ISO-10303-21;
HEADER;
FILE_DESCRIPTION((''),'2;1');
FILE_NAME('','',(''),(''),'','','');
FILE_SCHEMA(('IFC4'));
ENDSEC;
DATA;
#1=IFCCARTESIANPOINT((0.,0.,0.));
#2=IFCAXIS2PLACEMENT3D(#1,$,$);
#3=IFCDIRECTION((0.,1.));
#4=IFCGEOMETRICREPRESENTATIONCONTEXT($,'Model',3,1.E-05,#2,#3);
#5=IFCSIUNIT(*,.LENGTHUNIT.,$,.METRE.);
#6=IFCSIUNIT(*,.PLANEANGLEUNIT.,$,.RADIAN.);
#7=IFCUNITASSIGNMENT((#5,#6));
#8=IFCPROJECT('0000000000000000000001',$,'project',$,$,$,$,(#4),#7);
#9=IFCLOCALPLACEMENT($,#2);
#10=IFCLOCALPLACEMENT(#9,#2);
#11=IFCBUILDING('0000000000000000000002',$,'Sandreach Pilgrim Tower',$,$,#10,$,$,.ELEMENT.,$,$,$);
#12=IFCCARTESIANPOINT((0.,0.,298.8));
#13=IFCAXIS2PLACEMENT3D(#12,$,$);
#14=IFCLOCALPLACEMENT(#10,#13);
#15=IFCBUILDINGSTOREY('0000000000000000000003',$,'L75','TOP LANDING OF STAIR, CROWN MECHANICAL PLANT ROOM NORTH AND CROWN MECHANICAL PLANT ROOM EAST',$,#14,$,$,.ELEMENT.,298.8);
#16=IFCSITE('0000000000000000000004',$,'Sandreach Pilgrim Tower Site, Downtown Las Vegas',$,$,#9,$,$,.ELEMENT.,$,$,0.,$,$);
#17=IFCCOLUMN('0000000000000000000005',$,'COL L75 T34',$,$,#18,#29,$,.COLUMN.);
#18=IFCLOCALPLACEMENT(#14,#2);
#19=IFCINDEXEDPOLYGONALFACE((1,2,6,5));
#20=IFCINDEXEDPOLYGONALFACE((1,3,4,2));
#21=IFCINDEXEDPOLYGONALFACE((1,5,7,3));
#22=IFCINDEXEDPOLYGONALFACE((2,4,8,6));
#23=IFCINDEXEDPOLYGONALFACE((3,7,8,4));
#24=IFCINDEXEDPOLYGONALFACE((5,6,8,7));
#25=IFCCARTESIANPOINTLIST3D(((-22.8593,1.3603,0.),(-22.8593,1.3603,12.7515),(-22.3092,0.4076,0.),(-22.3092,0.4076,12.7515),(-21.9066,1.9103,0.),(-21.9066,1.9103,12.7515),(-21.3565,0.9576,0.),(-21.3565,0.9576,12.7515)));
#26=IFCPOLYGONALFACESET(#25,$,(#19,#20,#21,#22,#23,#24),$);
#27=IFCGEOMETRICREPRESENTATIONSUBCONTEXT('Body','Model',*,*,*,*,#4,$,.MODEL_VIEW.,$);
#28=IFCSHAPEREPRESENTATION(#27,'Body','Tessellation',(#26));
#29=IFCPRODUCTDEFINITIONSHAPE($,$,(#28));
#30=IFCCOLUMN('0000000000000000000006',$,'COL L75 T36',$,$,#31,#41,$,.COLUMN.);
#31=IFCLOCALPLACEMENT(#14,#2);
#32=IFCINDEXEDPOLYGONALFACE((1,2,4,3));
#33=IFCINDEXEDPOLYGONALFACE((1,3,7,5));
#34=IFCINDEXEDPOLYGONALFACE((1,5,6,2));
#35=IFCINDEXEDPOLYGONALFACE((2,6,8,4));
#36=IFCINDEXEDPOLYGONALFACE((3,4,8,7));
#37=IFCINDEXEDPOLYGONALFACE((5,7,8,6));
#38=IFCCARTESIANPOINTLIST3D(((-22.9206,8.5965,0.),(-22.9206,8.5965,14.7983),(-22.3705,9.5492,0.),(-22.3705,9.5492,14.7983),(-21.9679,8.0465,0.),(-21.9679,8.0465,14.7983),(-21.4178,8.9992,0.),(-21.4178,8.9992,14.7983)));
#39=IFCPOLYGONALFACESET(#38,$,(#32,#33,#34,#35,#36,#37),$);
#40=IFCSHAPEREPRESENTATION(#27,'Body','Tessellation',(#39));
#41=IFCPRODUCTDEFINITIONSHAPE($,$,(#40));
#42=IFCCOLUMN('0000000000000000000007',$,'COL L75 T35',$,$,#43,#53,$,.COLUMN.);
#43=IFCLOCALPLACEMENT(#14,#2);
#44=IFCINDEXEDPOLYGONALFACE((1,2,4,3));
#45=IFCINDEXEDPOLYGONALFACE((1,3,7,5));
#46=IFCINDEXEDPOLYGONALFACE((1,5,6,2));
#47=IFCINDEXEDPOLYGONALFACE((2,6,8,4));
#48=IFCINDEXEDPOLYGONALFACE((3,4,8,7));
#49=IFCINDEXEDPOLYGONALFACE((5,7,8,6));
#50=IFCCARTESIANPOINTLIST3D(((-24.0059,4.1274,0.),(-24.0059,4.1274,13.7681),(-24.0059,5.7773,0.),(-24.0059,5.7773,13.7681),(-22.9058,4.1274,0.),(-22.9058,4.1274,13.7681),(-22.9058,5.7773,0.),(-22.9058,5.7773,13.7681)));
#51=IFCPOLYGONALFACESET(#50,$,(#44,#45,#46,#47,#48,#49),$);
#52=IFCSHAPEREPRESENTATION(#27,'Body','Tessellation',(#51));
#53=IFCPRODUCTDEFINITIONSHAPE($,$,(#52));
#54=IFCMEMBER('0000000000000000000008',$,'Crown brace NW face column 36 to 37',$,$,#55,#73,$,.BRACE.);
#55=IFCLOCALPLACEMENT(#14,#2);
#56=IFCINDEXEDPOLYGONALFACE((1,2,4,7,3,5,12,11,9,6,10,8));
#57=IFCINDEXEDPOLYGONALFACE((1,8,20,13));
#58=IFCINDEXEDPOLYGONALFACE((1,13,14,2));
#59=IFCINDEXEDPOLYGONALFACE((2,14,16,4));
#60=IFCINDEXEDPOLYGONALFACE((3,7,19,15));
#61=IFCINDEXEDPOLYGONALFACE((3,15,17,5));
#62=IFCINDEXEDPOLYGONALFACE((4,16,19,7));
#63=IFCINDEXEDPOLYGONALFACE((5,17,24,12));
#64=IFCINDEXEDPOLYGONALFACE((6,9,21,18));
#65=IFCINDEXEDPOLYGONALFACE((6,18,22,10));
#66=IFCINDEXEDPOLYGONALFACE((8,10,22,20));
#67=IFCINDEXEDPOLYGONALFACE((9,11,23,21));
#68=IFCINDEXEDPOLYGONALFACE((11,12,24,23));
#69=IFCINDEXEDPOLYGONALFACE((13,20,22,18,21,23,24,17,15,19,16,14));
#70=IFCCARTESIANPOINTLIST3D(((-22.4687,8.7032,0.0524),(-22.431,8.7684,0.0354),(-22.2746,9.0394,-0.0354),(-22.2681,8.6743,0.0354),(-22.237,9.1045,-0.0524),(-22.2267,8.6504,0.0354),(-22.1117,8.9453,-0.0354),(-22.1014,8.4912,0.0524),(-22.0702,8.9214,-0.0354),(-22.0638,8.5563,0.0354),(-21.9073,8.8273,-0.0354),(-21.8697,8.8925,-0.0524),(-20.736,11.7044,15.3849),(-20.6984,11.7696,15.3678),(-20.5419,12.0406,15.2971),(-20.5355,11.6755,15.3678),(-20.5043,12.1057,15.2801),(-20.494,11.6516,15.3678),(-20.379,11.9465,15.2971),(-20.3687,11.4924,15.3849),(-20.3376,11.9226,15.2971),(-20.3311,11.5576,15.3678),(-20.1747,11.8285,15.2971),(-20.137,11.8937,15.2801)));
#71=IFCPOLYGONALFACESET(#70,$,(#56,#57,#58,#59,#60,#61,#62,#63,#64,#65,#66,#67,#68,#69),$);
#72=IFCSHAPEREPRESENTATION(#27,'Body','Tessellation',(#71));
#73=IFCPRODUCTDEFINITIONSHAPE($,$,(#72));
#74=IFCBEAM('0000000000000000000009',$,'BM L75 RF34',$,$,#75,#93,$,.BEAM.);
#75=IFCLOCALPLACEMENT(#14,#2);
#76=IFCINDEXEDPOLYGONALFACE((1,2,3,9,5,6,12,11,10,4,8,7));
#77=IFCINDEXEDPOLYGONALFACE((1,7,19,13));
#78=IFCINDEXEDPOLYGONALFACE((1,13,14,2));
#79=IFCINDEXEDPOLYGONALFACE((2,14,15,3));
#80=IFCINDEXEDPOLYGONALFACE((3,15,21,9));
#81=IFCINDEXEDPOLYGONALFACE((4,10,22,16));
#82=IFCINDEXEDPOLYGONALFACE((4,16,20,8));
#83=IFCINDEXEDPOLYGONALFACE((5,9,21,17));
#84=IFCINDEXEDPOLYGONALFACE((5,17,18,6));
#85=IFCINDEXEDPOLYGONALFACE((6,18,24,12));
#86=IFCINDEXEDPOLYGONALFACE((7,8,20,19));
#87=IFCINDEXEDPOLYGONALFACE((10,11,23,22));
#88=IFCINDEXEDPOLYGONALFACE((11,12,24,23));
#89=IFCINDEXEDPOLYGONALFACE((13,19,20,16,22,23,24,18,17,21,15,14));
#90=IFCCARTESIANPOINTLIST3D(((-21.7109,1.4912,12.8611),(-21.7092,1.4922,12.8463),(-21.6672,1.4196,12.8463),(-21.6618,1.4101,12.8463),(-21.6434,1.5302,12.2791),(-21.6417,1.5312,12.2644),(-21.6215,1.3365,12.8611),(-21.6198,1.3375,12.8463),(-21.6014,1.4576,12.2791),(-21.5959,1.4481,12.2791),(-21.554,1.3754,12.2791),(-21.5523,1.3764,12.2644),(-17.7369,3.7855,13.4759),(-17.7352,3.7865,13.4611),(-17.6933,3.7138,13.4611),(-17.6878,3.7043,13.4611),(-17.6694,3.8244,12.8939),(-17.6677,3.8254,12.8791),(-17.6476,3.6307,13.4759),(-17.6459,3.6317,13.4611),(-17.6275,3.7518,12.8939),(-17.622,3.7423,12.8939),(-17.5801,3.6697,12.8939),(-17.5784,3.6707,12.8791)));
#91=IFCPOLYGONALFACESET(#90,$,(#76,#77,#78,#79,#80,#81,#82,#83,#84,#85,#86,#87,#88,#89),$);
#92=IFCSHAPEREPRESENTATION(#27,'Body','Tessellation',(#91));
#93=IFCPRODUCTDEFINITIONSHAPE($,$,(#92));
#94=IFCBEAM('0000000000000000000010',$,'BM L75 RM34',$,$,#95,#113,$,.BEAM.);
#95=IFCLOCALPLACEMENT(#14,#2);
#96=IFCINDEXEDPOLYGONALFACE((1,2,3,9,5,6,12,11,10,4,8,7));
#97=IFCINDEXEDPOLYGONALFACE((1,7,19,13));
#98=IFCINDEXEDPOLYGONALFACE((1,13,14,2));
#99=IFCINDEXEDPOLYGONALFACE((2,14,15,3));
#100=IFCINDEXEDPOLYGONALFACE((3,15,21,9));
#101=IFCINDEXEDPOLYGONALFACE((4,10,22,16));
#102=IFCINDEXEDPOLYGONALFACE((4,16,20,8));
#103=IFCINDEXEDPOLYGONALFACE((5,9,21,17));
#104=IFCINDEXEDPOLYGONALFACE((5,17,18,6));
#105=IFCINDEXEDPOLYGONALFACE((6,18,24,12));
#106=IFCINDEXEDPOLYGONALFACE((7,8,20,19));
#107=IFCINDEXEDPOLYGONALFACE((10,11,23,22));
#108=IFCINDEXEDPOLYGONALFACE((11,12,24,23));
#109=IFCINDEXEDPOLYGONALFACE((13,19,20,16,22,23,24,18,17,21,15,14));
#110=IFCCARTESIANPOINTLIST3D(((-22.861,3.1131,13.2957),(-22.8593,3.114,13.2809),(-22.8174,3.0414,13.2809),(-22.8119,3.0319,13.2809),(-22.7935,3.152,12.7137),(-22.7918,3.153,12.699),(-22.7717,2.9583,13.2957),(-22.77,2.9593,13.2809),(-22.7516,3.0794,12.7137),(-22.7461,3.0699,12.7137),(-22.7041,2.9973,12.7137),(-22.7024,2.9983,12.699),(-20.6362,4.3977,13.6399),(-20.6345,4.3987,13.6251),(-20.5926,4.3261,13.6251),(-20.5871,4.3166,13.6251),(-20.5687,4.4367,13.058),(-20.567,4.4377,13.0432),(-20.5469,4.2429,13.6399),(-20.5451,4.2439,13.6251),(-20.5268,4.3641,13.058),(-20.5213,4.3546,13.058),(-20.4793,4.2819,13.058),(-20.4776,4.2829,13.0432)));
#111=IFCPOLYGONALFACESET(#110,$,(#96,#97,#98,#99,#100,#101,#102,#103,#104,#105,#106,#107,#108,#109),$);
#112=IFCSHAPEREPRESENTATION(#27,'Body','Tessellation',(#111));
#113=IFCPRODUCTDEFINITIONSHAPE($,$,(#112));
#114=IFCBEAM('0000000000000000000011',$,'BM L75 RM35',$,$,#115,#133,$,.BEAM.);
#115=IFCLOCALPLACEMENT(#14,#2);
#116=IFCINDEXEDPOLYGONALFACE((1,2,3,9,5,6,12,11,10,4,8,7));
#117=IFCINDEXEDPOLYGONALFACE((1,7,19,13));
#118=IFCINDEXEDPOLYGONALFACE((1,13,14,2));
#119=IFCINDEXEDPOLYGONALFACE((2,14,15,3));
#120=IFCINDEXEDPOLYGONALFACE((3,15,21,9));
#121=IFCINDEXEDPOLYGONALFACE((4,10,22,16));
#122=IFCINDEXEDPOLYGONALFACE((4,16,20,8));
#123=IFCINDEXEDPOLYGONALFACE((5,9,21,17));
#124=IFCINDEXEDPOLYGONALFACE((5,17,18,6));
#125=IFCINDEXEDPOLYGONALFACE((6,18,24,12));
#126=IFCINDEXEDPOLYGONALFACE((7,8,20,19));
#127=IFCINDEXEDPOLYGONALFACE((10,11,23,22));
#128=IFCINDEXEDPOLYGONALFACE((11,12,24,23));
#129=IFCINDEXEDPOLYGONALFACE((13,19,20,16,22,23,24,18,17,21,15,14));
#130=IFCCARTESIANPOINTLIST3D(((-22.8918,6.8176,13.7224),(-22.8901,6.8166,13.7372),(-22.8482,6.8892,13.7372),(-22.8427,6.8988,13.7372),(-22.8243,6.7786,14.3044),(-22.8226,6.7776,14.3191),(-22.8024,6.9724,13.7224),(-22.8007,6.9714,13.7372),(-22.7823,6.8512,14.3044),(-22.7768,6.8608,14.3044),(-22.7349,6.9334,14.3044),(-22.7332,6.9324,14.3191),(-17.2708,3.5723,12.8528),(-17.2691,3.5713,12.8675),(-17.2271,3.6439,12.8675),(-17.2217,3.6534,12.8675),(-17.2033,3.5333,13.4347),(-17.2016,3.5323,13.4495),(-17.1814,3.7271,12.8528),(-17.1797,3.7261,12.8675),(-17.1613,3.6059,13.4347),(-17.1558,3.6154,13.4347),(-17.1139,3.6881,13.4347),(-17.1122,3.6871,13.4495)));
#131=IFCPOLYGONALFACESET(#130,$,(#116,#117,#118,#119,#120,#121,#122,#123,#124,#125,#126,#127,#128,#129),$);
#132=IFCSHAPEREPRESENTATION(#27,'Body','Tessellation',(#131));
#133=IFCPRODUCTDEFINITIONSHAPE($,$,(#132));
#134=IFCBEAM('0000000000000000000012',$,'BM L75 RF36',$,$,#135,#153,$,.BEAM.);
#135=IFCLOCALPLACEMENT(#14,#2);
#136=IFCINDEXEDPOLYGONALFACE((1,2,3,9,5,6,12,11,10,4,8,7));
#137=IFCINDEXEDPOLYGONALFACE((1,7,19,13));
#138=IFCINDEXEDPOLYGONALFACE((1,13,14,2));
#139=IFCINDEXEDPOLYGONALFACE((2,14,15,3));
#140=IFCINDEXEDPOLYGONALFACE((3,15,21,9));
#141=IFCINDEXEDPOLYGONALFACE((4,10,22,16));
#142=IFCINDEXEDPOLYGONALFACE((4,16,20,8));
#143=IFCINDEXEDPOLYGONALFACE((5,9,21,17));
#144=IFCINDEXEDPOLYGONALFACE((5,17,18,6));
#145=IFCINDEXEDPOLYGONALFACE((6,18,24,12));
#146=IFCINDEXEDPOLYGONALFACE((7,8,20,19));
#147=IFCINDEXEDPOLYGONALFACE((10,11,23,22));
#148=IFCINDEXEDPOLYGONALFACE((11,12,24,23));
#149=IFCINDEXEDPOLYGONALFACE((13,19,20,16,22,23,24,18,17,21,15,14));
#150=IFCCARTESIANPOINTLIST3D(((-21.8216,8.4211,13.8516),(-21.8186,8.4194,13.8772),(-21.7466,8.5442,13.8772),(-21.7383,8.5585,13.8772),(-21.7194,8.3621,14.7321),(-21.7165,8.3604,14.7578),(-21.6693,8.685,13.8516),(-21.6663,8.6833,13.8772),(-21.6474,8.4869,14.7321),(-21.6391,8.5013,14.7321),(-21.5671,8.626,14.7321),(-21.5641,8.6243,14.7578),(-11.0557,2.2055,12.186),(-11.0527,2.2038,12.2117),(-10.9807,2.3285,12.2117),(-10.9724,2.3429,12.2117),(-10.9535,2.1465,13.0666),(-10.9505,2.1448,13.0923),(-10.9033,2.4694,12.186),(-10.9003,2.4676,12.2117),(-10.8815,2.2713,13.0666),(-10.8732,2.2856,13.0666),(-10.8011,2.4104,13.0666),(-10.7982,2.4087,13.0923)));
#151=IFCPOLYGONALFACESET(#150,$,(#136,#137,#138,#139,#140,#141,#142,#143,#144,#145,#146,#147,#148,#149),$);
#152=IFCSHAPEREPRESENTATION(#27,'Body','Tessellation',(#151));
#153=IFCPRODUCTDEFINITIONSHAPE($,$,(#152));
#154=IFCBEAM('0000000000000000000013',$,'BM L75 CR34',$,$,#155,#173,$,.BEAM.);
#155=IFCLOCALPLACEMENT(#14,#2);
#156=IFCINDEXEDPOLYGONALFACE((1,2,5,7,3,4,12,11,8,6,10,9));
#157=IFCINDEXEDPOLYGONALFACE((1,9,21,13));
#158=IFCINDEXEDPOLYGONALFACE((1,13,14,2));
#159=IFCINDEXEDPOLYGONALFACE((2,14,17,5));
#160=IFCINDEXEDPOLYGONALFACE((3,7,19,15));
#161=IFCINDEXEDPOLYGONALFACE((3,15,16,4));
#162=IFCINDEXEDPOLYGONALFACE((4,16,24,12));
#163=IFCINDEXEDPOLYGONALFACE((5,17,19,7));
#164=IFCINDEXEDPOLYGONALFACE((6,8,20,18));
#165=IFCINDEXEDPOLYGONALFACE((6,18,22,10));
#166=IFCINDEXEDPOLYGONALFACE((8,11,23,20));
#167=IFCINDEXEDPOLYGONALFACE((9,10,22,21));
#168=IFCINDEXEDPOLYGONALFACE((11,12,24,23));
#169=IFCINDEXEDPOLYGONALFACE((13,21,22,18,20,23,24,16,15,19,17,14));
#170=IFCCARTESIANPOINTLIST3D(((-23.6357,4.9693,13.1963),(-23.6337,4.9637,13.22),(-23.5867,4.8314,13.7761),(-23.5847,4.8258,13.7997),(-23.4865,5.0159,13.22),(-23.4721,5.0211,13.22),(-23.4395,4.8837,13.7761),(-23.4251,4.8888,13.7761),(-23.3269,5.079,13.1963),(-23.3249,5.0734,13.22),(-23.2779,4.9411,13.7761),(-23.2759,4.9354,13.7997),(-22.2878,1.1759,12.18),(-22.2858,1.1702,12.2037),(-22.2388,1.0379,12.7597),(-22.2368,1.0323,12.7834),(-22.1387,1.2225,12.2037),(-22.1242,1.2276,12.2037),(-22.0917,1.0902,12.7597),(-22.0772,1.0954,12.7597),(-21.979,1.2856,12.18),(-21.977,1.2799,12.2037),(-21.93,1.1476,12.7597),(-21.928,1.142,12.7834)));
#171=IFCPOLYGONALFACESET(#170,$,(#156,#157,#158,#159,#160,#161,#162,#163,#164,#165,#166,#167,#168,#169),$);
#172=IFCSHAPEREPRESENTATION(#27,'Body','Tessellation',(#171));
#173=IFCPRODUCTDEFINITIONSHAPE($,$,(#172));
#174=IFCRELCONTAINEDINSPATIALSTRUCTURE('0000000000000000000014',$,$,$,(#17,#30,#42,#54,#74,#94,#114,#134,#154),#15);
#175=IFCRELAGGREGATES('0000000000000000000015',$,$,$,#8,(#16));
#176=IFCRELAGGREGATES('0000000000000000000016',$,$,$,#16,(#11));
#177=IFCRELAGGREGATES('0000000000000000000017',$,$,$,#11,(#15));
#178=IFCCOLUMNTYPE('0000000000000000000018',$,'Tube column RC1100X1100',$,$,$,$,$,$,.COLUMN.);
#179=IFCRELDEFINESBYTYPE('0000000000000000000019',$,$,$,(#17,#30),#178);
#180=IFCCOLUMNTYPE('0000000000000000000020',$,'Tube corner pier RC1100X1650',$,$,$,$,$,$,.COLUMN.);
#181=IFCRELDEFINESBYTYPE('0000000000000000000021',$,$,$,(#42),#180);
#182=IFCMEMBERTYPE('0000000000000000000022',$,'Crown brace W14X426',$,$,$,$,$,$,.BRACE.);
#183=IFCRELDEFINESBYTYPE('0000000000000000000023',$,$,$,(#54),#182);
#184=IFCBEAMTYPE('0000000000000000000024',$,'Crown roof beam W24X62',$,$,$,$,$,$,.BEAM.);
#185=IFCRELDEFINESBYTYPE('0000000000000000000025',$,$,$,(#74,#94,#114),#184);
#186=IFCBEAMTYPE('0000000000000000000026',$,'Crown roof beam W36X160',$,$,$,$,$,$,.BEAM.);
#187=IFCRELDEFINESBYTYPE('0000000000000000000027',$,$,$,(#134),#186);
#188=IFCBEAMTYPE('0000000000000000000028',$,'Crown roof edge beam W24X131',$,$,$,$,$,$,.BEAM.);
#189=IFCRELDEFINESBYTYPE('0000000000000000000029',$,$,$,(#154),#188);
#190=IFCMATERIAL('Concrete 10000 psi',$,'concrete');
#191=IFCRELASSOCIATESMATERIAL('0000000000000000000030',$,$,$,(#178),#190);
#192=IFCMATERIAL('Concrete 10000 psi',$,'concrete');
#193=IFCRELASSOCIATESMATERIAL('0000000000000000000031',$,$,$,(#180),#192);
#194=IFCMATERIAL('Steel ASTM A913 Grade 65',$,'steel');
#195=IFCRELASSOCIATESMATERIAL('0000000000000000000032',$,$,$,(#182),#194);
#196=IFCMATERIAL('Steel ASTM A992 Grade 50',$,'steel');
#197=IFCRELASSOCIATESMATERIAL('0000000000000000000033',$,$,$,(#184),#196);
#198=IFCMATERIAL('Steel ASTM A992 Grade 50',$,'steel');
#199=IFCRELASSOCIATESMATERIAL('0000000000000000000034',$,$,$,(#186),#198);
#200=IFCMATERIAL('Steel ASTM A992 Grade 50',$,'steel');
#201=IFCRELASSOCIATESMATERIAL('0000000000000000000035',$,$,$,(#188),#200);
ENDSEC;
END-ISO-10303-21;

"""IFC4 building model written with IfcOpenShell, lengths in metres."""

from ifc_helpers import new_model, si_unit, direction, frame, origin, origin_2d, place, context, subcontext, project, spatial, rectangle, i_section, extrude, material, material_profile, profile_set, type_object, element, save


model = new_model("IFC4")

# Units and contexts
model_context = context("Model", 3, precision=1e-05, world=origin(), true_north=direction((0.0, 1.0)))
body_context = subcontext(model_context, "Body", "Model", "MODEL_VIEW")
ifc_project = project(units=[si_unit("LENGTHUNIT", "METRE"), si_unit("PLANEANGLEUNIT", "RADIAN")], contexts=[model_context])

# Site, building, storey
site_placement = place(None, origin())
site = spatial("IfcSite", under=ifc_project, at=site_placement, Name="Sandreach Pilgrim Tower Site, Downtown Las Vegas", CompositionType="ELEMENT", RefElevation=0.0)
building_placement = place(site_placement, origin())
building = spatial("IfcBuilding", under=site, at=building_placement, Name="Sandreach Pilgrim Tower", CompositionType="ELEMENT")
storey_placement = place(building_placement, frame((0.0, 0.0, 298.8)))
storey = spatial("IfcBuildingStorey", under=building, at=storey_placement, Name="L75", Description="TOP LANDING OF STAIR, CROWN MECHANICAL PLANT ROOM NORTH AND CROWN MECHANICAL PLANT ROOM EAST", CompositionType="ELEMENT", Elevation=298.8)

# Columns
ifc_material_1 = material(Name="Concrete 10000 psi", Category="concrete")
ifc_material_profile_1 = material_profile(ifc_material_1, rectangle(XDim=1.1001, YDim=1.1001, at=origin_2d()), Name="RC1100X1100")
ifc_profile_set_1 = profile_set([ifc_material_profile_1], Name="Concrete 10000 psi")
column_type_1 = type_object("IfcColumnType", Name="Tube column RC1100X1100", PredefinedType="COLUMN", material=ifc_profile_set_1)
column_1_placement = place(storey_placement, frame((-22.1079, 1.1589, 0.0), z_axis=(0.0, 0.0, 1.0), x_axis=(-0.866025, -0.5, 0.0)))
element("IfcColumn", 1, at=column_1_placement, inside=storey, type_object=column_type_1, Name="COL L75 T34", PredefinedType="COLUMN", context=body_context, shape_type="SweptSolid", body=[
    extrude(rectangle(XDim=1.1001, YDim=1.1001, at=origin_2d()), origin(), (0.0, 0.0, 1.0), 12.7515),
])
column_2_placement = place(storey_placement, frame((-22.1692, 8.7979, 0.0), z_axis=(0.0, 0.0, 1.0), x_axis=(-0.866025, 0.5, 0.0)))
element("IfcColumn", 2, at=column_2_placement, inside=storey, type_object=column_type_1, Name="COL L75 T36", PredefinedType="COLUMN", context=body_context, shape_type="SweptSolid", body=[
    extrude(rectangle(XDim=1.1001, YDim=1.1001, at=origin_2d()), origin(), (0.0, 0.0, 1.0), 14.7983),
])
ifc_material_2 = material(Name="Concrete 10000 psi", Category="concrete")
ifc_material_profile_2 = material_profile(ifc_material_2, rectangle(XDim=1.1001, YDim=1.6499, at=origin_2d()), Name="RC1100X1650")
ifc_profile_set_2 = profile_set([ifc_material_profile_2], Name="Concrete 10000 psi")
column_type_2 = type_object("IfcColumnType", Name="Tube corner pier RC1100X1650", PredefinedType="COLUMN", material=ifc_profile_set_2)
column_3_placement = place(storey_placement, frame((-23.4558, 4.9524, 0.0), z_axis=(0.0, 0.0, 1.0), x_axis=(-1.0, 0.0, 0.0)))
element("IfcColumn", 3, at=column_3_placement, inside=storey, type_object=column_type_2, Name="COL L75 T35", PredefinedType="COLUMN", context=body_context, shape_type="SweptSolid", body=[
    extrude(rectangle(XDim=1.1001, YDim=1.6499, at=origin_2d()), origin(), (0.0, 0.0, 1.0), 13.7681),
])

# Member
ifc_material_3 = material(Name="Steel ASTM A913 Grade 65", Category="steel")
ifc_material_profile_3 = material_profile(ifc_material_3, i_section(OverallWidth=0.4241, OverallDepth=0.4751, WebThickness=0.0479, FlangeThickness=0.0771, at=origin_2d()), Name="W14X426")
ifc_profile_set_3 = profile_set([ifc_material_profile_3], Name="Steel ASTM A913 Grade 65")
member_type = type_object("IfcMemberType", Name="Crown brace W14X426", PredefinedType="BRACE", material=ifc_profile_set_3)
member_placement = place(storey_placement, frame((-22.1692, 8.7979, 0.0), z_axis=(0.110226, 0.190926, 0.975396), x_axis=(-0.866037, 0.499981, 0.0)))
element("IfcMember", 4, at=member_placement, inside=storey, type_object=member_type, Name="Crown brace NW face column 36 to 37", PredefinedType="BRACE", context=body_context, shape_type="SweptSolid", body=[
    extrude(i_section(OverallWidth=0.4241, OverallDepth=0.4751, WebThickness=0.0479, FlangeThickness=0.0771, at=origin_2d()), origin(), (0.0, 0.0, 1.0), 15.7192),
])

# Beams
ifc_material_4 = material(Name="Steel ASTM A992 Grade 50", Category="steel")
ifc_material_profile_4 = material_profile(ifc_material_4, i_section(OverallWidth=0.1787, OverallDepth=0.6021, WebThickness=0.011, FlangeThickness=0.0149, at=origin_2d()), Name="W24X62")
ifc_profile_set_4 = profile_set([ifc_material_profile_4], Name="Steel ASTM A992 Grade 50")
beam_type_1 = type_object("IfcBeamType", Name="Crown roof beam W24X62", PredefinedType="BEAM", material=ifc_profile_set_4)
beam_1_placement = place(storey_placement, frame((-21.6316, 1.4338, 12.5627), z_axis=(0.858369, 0.495551, 0.132787), x_axis=(-0.499979, 0.866038, 0.0)))
element("IfcBeam", 5, at=beam_1_placement, inside=storey, type_object=beam_type_1, Name="BM L75 RF34", PredefinedType="BEAM", context=body_context, shape_type="SweptSolid", body=[
    extrude(i_section(OverallWidth=0.1787, OverallDepth=0.6021, WebThickness=0.011, FlangeThickness=0.0149, at=origin_2d()), origin(), (0.0, 0.0, 1.0), 4.6296),
])
beam_2_placement = place(storey_placement, frame((-22.7817, 3.0557, 12.9973), z_axis=(0.85833, 0.495614, 0.132804), x_axis=(-0.500043, 0.866, 0.0)))
element("IfcBeam", 6, at=beam_2_placement, inside=storey, type_object=beam_type_1, Name="BM L75 RM34", PredefinedType="BEAM", context=body_context, shape_type="SweptSolid", body=[
    extrude(i_section(OverallWidth=0.1787, OverallDepth=0.6021, WebThickness=0.011, FlangeThickness=0.0149, at=origin_2d()), origin(), (0.0, 0.0, 1.0), 2.592),
])
beam_3_placement = place(storey_placement, frame((-22.8125, 6.875, 14.0208), z_axis=(0.858354, -0.495574, -0.132794), x_axis=(0.500002, 0.866024, 0.0)))
element("IfcBeam", 7, at=beam_3_placement, inside=storey, type_object=beam_type_1, Name="BM L75 RM35", PredefinedType="BEAM", context=body_context, shape_type="SweptSolid", body=[
    extrude(i_section(OverallWidth=0.1787, OverallDepth=0.6021, WebThickness=0.011, FlangeThickness=0.0149, at=origin_2d()), origin(), (0.0, 0.0, 1.0), 6.5486),
])
ifc_material_5 = material(Name="Steel ASTM A992 Grade 50", Category="steel")
ifc_material_profile_5 = material_profile(ifc_material_5, i_section(OverallWidth=0.3047, OverallDepth=0.9143, WebThickness=0.0166, FlangeThickness=0.0259, at=origin_2d()), Name="W36X160")
ifc_profile_set_5 = profile_set([ifc_material_profile_5], Name="Steel ASTM A992 Grade 50")
beam_type_2 = type_object("IfcBeamType", Name="Crown roof beam W36X160", PredefinedType="BEAM", material=ifc_profile_set_5)
beam_4_placement = place(storey_placement, frame((-21.6929, 8.5227, 14.3047), z_axis=(0.858359, -0.495566, -0.132792), x_axis=(0.499994, 0.866029, 0.0)))
element("IfcBeam", 8, at=beam_4_placement, inside=storey, type_object=beam_type_2, Name="BM L75 RF36", PredefinedType="BEAM", context=body_context, shape_type="SweptSolid", body=[
    extrude(i_section(OverallWidth=0.3047, OverallDepth=0.9143, WebThickness=0.0166, FlangeThickness=0.0259, at=origin_2d()), origin(), (0.0, 0.0, 1.0), 12.5425),
])
ifc_material_6 = material(Name="Steel ASTM A992 Grade 50", Category="steel")
ifc_material_profile_6 = material_profile(ifc_material_6, i_section(OverallWidth=0.3276, OverallDepth=0.6223, WebThickness=0.0154, FlangeThickness=0.0244, at=origin_2d()), Name="W24X131")
ifc_profile_set_6 = profile_set([ifc_material_profile_6], Name="Steel ASTM A992 Grade 50")
beam_type_3 = type_object("IfcBeamType", Name="Crown roof edge beam W24X131", PredefinedType="BEAM", material=ifc_profile_set_6)
beam_5_placement = place(storey_placement, frame((-22.1079, 1.1589, 12.4817), z_axis=(-0.324629, 0.913618, 0.24478), x_axis=(-0.942284, -0.334815, 0.0)))
element("IfcBeam", 9, at=beam_5_placement, inside=storey, type_object=beam_type_3, Name="BM L75 CR34", PredefinedType="BEAM", context=body_context, shape_type="SweptSolid", body=[
    extrude(i_section(OverallWidth=0.3276, OverallDepth=0.6223, WebThickness=0.0154, FlangeThickness=0.0244, at=origin_2d()), origin(), (0.0, 0.0, 1.0), 4.1521),
])

save(model, "model.ifc")
